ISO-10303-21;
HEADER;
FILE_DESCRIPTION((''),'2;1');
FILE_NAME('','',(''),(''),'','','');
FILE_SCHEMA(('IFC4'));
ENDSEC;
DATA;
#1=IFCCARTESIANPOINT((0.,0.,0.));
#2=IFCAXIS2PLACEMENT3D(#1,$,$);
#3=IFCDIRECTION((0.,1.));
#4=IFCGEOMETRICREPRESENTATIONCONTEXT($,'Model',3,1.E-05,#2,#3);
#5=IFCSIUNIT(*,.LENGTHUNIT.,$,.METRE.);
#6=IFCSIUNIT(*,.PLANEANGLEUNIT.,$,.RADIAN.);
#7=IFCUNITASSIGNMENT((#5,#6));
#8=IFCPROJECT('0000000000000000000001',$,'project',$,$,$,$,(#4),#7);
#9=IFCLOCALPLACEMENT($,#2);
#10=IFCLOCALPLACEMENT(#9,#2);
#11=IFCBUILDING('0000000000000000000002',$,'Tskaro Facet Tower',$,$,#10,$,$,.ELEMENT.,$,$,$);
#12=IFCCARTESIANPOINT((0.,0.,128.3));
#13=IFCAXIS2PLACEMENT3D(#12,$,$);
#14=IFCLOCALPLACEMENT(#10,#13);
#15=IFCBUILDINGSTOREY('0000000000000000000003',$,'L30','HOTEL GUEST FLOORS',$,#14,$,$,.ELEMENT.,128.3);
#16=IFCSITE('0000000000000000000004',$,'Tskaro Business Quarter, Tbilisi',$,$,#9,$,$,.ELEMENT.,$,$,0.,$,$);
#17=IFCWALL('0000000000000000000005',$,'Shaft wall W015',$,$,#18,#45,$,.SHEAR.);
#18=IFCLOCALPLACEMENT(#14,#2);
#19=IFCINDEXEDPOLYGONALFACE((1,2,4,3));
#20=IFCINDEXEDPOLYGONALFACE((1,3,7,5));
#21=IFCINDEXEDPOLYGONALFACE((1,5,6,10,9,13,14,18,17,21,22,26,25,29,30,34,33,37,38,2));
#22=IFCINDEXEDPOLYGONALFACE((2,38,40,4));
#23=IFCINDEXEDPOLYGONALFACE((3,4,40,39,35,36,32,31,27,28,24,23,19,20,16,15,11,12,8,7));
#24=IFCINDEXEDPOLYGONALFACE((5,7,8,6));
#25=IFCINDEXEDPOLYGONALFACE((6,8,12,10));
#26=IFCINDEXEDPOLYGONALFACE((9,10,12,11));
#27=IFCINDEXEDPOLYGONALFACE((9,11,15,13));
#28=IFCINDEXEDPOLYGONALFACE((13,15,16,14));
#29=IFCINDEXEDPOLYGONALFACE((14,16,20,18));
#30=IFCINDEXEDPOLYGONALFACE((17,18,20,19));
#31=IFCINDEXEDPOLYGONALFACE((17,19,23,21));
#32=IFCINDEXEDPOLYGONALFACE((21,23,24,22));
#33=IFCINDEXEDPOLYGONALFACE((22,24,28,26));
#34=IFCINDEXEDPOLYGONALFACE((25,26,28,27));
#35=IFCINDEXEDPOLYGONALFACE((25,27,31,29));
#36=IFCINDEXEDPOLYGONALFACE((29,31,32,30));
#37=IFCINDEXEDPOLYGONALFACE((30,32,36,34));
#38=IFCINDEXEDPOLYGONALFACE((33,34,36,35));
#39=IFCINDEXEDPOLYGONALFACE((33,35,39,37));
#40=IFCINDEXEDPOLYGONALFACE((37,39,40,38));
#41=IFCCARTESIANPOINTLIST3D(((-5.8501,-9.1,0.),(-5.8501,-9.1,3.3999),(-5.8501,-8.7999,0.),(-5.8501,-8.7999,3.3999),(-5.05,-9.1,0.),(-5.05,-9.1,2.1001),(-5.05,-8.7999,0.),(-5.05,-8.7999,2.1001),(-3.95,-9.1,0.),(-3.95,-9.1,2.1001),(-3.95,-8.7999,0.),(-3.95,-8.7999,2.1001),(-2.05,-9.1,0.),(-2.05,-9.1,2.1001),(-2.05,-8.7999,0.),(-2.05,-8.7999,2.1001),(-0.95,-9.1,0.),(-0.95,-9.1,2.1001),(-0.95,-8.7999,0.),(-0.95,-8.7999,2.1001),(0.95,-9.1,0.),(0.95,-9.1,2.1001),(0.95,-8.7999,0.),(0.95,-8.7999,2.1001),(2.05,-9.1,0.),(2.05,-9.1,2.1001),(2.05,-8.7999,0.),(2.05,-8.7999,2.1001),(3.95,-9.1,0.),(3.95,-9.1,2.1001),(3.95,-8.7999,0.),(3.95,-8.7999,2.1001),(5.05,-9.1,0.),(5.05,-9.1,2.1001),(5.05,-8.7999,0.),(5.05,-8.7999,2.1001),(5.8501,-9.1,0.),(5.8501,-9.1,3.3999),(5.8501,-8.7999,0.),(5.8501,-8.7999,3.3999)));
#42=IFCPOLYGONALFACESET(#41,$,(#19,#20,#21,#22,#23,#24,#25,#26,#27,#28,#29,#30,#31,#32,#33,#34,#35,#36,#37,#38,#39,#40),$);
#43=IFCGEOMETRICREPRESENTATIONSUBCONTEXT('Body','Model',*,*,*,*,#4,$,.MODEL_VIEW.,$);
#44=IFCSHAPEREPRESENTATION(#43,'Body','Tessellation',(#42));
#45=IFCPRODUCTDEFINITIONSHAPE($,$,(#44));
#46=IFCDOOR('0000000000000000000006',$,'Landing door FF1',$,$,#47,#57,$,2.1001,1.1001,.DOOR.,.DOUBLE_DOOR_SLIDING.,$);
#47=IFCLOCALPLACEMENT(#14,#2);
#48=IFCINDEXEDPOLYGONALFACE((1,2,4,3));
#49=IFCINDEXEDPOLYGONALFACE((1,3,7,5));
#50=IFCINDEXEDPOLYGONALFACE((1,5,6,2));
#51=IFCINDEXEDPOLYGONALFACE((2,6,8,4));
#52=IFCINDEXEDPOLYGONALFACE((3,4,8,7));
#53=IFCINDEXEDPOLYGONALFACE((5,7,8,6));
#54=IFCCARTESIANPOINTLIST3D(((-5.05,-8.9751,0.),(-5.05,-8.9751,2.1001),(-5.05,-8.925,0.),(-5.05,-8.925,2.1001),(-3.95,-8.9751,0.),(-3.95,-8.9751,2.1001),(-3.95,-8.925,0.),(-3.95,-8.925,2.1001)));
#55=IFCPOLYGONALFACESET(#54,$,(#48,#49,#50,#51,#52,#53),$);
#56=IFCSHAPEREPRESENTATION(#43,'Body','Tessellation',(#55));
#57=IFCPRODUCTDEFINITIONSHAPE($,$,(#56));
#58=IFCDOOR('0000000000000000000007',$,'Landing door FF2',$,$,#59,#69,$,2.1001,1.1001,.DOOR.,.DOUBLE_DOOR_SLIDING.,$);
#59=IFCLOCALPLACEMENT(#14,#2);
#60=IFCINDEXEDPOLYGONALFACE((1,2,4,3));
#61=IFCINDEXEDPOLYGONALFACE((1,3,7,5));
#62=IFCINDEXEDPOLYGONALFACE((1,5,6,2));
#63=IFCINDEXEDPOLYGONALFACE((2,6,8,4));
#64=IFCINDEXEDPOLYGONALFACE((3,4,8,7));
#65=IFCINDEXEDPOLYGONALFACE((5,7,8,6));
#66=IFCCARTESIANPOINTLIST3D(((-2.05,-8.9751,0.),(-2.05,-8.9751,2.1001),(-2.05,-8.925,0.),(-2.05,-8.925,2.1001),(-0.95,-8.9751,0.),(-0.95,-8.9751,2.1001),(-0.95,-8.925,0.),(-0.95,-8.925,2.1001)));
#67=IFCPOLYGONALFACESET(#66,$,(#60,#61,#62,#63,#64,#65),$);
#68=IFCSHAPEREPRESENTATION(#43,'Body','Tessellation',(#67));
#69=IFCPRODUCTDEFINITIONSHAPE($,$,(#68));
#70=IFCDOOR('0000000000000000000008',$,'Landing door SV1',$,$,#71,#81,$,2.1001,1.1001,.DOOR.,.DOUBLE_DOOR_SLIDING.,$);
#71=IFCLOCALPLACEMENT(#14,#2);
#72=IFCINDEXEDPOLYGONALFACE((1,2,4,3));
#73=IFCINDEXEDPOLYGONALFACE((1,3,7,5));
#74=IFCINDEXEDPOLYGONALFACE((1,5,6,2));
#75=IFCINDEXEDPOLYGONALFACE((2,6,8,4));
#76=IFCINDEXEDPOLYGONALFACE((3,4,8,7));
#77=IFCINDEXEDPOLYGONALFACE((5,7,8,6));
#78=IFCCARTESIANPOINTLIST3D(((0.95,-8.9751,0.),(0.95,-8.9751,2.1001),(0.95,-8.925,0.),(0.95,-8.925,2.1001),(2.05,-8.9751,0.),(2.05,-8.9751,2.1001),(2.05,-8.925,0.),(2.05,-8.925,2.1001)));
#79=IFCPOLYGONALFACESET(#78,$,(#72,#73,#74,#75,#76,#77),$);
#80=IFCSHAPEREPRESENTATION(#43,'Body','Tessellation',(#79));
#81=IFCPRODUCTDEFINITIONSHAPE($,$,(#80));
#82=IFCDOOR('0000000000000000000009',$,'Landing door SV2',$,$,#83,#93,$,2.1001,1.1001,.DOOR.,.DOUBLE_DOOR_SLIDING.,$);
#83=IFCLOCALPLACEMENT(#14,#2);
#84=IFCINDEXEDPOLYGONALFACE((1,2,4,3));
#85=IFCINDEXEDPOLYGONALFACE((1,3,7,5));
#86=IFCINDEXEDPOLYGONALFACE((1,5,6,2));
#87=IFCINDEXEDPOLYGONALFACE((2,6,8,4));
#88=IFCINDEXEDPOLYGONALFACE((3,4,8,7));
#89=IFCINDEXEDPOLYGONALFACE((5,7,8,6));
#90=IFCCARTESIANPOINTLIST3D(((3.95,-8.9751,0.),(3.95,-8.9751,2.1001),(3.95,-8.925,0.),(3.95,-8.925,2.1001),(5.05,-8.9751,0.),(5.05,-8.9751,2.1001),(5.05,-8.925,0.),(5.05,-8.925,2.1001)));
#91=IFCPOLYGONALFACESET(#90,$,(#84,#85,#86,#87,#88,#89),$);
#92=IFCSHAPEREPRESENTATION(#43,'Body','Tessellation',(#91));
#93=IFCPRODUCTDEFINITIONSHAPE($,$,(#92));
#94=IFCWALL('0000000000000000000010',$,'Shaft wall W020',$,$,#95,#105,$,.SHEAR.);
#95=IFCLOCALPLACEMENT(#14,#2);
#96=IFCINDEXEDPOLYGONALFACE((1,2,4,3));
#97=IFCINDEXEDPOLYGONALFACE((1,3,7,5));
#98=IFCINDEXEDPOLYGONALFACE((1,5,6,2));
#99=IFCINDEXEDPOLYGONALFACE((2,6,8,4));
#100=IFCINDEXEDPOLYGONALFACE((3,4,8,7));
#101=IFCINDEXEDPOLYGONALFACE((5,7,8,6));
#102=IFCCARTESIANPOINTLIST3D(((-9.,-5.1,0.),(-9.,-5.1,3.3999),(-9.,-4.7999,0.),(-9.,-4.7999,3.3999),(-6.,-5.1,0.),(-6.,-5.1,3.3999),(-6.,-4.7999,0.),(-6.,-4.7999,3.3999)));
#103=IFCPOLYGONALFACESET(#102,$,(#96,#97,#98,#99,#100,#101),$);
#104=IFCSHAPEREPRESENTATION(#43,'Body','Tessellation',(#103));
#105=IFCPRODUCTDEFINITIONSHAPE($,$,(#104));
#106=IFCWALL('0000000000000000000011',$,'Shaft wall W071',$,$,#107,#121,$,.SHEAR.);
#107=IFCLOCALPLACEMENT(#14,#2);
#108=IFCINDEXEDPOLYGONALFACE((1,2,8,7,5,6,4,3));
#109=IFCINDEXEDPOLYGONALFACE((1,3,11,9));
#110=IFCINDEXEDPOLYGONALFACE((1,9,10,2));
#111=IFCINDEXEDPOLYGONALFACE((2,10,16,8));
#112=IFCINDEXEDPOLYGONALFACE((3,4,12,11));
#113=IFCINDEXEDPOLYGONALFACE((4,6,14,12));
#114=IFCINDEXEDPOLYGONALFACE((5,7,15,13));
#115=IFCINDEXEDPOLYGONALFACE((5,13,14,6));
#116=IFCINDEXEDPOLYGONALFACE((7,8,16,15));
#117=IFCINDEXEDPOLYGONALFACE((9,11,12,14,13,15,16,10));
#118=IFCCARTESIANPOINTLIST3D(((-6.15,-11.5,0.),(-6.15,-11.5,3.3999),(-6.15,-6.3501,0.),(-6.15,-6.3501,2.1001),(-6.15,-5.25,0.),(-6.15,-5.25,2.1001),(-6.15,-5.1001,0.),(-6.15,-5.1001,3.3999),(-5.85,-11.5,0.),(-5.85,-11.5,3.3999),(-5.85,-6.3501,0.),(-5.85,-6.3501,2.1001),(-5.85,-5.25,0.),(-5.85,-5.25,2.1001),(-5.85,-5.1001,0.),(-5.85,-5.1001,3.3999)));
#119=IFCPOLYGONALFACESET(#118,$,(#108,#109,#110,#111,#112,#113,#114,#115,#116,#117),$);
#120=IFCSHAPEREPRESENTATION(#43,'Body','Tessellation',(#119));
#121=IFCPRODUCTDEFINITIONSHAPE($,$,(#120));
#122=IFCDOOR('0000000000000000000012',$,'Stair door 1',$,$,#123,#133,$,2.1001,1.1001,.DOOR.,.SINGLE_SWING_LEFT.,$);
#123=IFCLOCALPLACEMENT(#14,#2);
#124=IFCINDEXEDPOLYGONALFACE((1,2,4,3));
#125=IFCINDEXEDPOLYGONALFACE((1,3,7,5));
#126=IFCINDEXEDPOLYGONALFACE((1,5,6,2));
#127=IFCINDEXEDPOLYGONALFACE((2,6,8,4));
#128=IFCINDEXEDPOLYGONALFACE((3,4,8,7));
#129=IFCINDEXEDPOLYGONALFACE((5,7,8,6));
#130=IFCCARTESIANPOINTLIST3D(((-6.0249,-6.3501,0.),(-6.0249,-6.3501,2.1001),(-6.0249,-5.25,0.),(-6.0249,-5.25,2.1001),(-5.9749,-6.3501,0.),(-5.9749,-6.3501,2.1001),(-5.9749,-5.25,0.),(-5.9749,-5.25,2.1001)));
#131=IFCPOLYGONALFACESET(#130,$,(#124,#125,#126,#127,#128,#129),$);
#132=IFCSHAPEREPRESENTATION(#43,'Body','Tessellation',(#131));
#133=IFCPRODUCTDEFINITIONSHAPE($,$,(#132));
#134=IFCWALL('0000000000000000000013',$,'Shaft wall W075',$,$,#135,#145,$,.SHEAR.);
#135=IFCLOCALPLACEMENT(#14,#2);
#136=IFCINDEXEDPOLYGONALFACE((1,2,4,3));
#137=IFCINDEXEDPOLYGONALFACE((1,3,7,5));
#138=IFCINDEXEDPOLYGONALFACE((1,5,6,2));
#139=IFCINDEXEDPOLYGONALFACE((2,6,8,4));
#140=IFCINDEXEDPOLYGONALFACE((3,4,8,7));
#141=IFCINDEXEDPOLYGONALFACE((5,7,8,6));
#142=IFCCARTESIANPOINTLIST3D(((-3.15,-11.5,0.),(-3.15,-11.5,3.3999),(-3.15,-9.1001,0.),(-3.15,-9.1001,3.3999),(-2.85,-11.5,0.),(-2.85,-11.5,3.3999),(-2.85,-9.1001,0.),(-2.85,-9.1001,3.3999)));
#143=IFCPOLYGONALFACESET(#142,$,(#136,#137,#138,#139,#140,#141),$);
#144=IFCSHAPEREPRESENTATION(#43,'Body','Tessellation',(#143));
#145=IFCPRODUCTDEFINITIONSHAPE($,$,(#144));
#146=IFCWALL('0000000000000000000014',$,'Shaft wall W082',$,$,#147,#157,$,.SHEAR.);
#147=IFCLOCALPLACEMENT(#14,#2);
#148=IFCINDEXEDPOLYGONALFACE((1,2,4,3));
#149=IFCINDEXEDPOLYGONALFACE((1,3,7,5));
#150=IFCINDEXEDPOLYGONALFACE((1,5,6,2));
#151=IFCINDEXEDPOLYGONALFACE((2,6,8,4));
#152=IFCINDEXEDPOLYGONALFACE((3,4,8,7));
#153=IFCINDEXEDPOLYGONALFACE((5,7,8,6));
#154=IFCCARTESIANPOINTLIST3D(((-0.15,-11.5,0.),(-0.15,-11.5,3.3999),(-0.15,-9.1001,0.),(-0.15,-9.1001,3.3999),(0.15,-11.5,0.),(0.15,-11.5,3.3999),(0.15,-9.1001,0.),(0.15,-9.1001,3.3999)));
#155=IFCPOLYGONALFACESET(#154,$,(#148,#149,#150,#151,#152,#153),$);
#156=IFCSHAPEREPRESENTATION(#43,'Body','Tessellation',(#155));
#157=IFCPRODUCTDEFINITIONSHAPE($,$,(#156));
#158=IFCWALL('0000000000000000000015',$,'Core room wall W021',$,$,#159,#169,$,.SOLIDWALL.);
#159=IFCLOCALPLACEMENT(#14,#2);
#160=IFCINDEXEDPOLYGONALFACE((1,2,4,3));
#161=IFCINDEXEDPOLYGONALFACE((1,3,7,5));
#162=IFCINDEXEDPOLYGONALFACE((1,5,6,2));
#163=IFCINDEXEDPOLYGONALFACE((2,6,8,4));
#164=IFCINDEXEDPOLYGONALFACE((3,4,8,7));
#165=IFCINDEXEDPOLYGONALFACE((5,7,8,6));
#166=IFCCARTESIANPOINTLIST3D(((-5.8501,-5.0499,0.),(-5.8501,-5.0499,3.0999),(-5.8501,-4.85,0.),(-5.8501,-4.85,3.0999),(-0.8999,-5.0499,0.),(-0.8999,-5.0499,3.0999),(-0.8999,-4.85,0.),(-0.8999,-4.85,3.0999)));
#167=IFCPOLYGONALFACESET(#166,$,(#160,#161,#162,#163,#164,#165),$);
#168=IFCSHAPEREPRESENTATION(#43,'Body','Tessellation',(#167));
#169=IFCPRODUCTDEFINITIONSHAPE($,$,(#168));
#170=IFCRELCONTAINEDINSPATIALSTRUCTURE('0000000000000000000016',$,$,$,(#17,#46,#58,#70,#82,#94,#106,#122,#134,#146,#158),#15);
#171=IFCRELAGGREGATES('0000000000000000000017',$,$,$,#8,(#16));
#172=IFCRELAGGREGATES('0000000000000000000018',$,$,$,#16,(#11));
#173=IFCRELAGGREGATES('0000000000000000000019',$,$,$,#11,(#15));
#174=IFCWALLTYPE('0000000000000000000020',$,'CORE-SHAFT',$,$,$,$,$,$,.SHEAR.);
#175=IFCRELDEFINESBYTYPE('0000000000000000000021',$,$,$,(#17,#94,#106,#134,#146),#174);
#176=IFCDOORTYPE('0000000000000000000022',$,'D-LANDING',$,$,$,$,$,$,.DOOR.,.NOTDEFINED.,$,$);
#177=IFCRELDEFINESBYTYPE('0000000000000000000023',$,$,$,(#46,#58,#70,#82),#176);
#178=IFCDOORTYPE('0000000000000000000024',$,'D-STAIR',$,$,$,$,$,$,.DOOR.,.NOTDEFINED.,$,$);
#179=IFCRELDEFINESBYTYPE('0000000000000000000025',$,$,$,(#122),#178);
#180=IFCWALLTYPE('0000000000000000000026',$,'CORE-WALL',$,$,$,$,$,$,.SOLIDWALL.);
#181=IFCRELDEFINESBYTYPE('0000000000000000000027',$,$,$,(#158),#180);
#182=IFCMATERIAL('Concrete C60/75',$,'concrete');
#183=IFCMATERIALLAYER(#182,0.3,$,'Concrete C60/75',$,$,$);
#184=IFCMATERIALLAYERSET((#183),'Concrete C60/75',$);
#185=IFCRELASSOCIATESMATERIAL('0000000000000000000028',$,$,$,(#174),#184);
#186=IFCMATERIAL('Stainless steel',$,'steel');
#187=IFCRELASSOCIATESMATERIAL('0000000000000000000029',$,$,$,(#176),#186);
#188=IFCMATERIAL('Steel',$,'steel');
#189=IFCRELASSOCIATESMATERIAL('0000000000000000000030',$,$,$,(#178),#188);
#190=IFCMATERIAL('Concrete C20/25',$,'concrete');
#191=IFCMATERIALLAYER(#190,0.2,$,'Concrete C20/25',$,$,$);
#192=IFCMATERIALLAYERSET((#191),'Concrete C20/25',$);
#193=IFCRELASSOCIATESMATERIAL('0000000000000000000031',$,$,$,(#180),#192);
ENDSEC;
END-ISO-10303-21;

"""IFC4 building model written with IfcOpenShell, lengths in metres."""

from ifc_helpers import new_model, si_unit, direction, frame, frame_2d, origin, place, context, subcontext, project, spatial, rectangle, extrude, material, layer, layer_set, type_object, element, fill, save


model = new_model("IFC4")

# Units and contexts
model_context = context("Model", 3, precision=1e-05, world=origin(), true_north=direction((0.0, 1.0)))
body_context = subcontext(model_context, "Body", "Model", "MODEL_VIEW")
ifc_project = project(units=[si_unit("LENGTHUNIT", "METRE"), si_unit("PLANEANGLEUNIT", "RADIAN")], contexts=[model_context])

# Site, building, storey
site_placement = place(None, origin())
site = spatial("IfcSite", under=ifc_project, at=site_placement, Name="Tskaro Business Quarter, Tbilisi", CompositionType="ELEMENT", RefElevation=0.0)
building_placement = place(site_placement, origin())
building = spatial("IfcBuilding", under=site, at=building_placement, Name="Tskaro Facet Tower", CompositionType="ELEMENT")
storey_placement = place(building_placement, frame((0.0, 0.0, 128.3)))
storey = spatial("IfcBuildingStorey", under=building, at=storey_placement, Name="L30", Description="HOTEL GUEST FLOORS", CompositionType="ELEMENT", Elevation=128.3)

# Shared definitions
ifc_material_1 = material(Name="Concrete C60/75", Category="concrete")

# Wall, openings, doors
ifc_layer_1 = layer(ifc_material_1, 0.3, Name="Concrete C60/75")
ifc_layer_set_1 = layer_set([ifc_layer_1], Name="Concrete C60/75")
wall_type_1 = type_object("IfcWallType", Name="CORE-SHAFT", PredefinedType="SHEAR", material=ifc_layer_set_1)
wall_1_placement = place(storey_placement, frame((-5.8501, -8.95, 0.0), z_axis=(0.0, 0.0, 1.0), x_axis=(1.0, 0.0, 0.0)))
wall_1 = element("IfcWall", 1, at=wall_1_placement, inside=storey, type_object=wall_type_1, Name="Shaft wall W015", PredefinedType="SHEAR", context=body_context, shape_type="SweptSolid", body=[
    extrude(rectangle(XDim=11.7002, YDim=0.3, at=frame_2d((5.8501, 0.0))), origin(), (0.0, 0.0, 1.0), 3.3999),
])
opening_1_placement = place(wall_1_placement, frame((0.8, 0.0, 0.0)))
opening_1 = element("IfcOpeningElement", 2, at=opening_1_placement, cuts=wall_1, PredefinedType="OPENING", context=body_context, shape_type="SweptSolid", body=[
    extrude(rectangle(XDim=1.1001, YDim=2.1001, at=frame_2d((0.55, 1.05))), frame((0.0, 0.1599, 0.0), z_axis=(0.0, -1.0, 0.0), x_axis=(1.0, 0.0, 0.0)), (0.0, 0.0, 1.0), 0.3201),
])
opening_2_placement = place(wall_1_placement, frame((3.8, 0.0, 0.0)))
opening_2 = element("IfcOpeningElement", 3, at=opening_2_placement, cuts=wall_1, PredefinedType="OPENING", context=body_context, shape_type="SweptSolid", body=[
    extrude(rectangle(XDim=1.1001, YDim=2.1001, at=frame_2d((0.55, 1.05))), frame((0.0, 0.1599, 0.0), z_axis=(0.0, -1.0, 0.0), x_axis=(1.0, 0.0, 0.0)), (0.0, 0.0, 1.0), 0.3201),
])
opening_3_placement = place(wall_1_placement, frame((6.8, 0.0, 0.0)))
opening_3 = element("IfcOpeningElement", 4, at=opening_3_placement, cuts=wall_1, PredefinedType="OPENING", context=body_context, shape_type="SweptSolid", body=[
    extrude(rectangle(XDim=1.1001, YDim=2.1001, at=frame_2d((0.55, 1.05))), frame((0.0, 0.1599, 0.0), z_axis=(0.0, -1.0, 0.0), x_axis=(1.0, 0.0, 0.0)), (0.0, 0.0, 1.0), 0.3201),
])
opening_4_placement = place(wall_1_placement, frame((9.8, 0.0, 0.0)))
opening_4 = element("IfcOpeningElement", 5, at=opening_4_placement, cuts=wall_1, PredefinedType="OPENING", context=body_context, shape_type="SweptSolid", body=[
    extrude(rectangle(XDim=1.1001, YDim=2.1001, at=frame_2d((0.55, 1.05))), frame((0.0, 0.1599, 0.0), z_axis=(0.0, -1.0, 0.0), x_axis=(1.0, 0.0, 0.0)), (0.0, 0.0, 1.0), 0.3201),
])
ifc_material_2 = material(Name="Stainless steel", Category="steel")
door_type_1 = type_object("IfcDoorType", Name="D-LANDING", OperationType="NOTDEFINED", PredefinedType="DOOR", material=ifc_material_2)
door_1_placement = place(opening_1_placement, origin())
door_1 = element("IfcDoor", 6, at=door_1_placement, inside=storey, type_object=door_type_1, Name="Landing door FF1", OperationType="DOUBLE_DOOR_SLIDING", OverallHeight=2.1001, OverallWidth=1.1001, PredefinedType="DOOR", context=body_context, shape_type="SweptSolid", body=[
    extrude(rectangle(XDim=1.1001, YDim=2.1001, at=frame_2d((0.55, 1.05))), frame((0.0, 0.0249, 0.0), z_axis=(0.0, -1.0, 0.0), x_axis=(1.0, 0.0, 0.0)), (0.0, 0.0, 1.0), 0.05),
])
fill(opening_1, door_1)
door_2_placement = place(opening_2_placement, origin())
door_2 = element("IfcDoor", 7, at=door_2_placement, inside=storey, type_object=door_type_1, Name="Landing door FF2", OperationType="DOUBLE_DOOR_SLIDING", OverallHeight=2.1001, OverallWidth=1.1001, PredefinedType="DOOR", context=body_context, shape_type="SweptSolid", body=[
    extrude(rectangle(XDim=1.1001, YDim=2.1001, at=frame_2d((0.55, 1.05))), frame((0.0, 0.0249, 0.0), z_axis=(0.0, -1.0, 0.0), x_axis=(1.0, 0.0, 0.0)), (0.0, 0.0, 1.0), 0.05),
])
fill(opening_2, door_2)
door_3_placement = place(opening_3_placement, origin())
door_3 = element("IfcDoor", 8, at=door_3_placement, inside=storey, type_object=door_type_1, Name="Landing door SV1", OperationType="DOUBLE_DOOR_SLIDING", OverallHeight=2.1001, OverallWidth=1.1001, PredefinedType="DOOR", context=body_context, shape_type="SweptSolid", body=[
    extrude(rectangle(XDim=1.1001, YDim=2.1001, at=frame_2d((0.55, 1.05))), frame((0.0, 0.0249, 0.0), z_axis=(0.0, -1.0, 0.0), x_axis=(1.0, 0.0, 0.0)), (0.0, 0.0, 1.0), 0.05),
])
fill(opening_3, door_3)
door_4_placement = place(opening_4_placement, origin())
door_4 = element("IfcDoor", 9, at=door_4_placement, inside=storey, type_object=door_type_1, Name="Landing door SV2", OperationType="DOUBLE_DOOR_SLIDING", OverallHeight=2.1001, OverallWidth=1.1001, PredefinedType="DOOR", context=body_context, shape_type="SweptSolid", body=[
    extrude(rectangle(XDim=1.1001, YDim=2.1001, at=frame_2d((0.55, 1.05))), frame((0.0, 0.0249, 0.0), z_axis=(0.0, -1.0, 0.0), x_axis=(1.0, 0.0, 0.0)), (0.0, 0.0, 1.0), 0.05),
])
fill(opening_4, door_4)

# Wall
wall_2_placement = place(storey_placement, frame((-9.0, -4.95, 0.0), z_axis=(0.0, 0.0, 1.0), x_axis=(1.0, 0.0, 0.0)))
element("IfcWall", 10, at=wall_2_placement, inside=storey, type_object=wall_type_1, Name="Shaft wall W020", PredefinedType="SHEAR", context=body_context, shape_type="SweptSolid", body=[
    extrude(rectangle(XDim=3.0, YDim=0.3, at=frame_2d((1.5, 0.0))), origin(), (0.0, 0.0, 1.0), 3.3999),
])

# Wall, opening, door
wall_3_placement = place(storey_placement, frame((-6.0, -11.5, 0.0), z_axis=(0.0, 0.0, 1.0), x_axis=(0.0, 1.0, 0.0)))
wall_3 = element("IfcWall", 11, at=wall_3_placement, inside=storey, type_object=wall_type_1, Name="Shaft wall W071", PredefinedType="SHEAR", context=body_context, shape_type="SweptSolid", body=[
    extrude(rectangle(XDim=6.3999, YDim=0.3, at=frame_2d((3.2, 0.0))), origin(), (0.0, 0.0, 1.0), 3.3999),
])
opening_5_placement = place(wall_3_placement, frame((5.1499, 0.0, 0.0)))
opening_5 = element("IfcOpeningElement", 12, at=opening_5_placement, cuts=wall_3, PredefinedType="OPENING", context=body_context, shape_type="SweptSolid", body=[
    extrude(rectangle(XDim=1.1001, YDim=2.1001, at=frame_2d((0.55, 1.05))), frame((0.0, 0.1599, 0.0), z_axis=(0.0, -1.0, 0.0), x_axis=(1.0, 0.0, 0.0)), (0.0, 0.0, 1.0), 0.3201),
])
ifc_material_3 = material(Name="Steel", Category="steel")
door_type_2 = type_object("IfcDoorType", Name="D-STAIR", OperationType="NOTDEFINED", PredefinedType="DOOR", material=ifc_material_3)
door_5_placement = place(opening_5_placement, origin())
door_5 = element("IfcDoor", 13, at=door_5_placement, inside=storey, type_object=door_type_2, Name="Stair door 1", OperationType="SINGLE_SWING_LEFT", OverallHeight=2.1001, OverallWidth=1.1001, PredefinedType="DOOR", context=body_context, shape_type="SweptSolid", body=[
    extrude(rectangle(XDim=1.1001, YDim=2.1001, at=frame_2d((0.55, 1.05))), frame((0.0, 0.0249, 0.0), z_axis=(0.0, -1.0, 0.0), x_axis=(1.0, 0.0, 0.0)), (0.0, 0.0, 1.0), 0.05),
])
fill(opening_5, door_5)

# Walls
for number, where, z_axis, x_axis, name in (
    (14, (-3.0, -11.5, 0.0), (0.0, 0.0, 1.0), (0.0, 1.0, 0.0), "Shaft wall W075"),
    (15, (0.0, -11.5, 0.0), (0.0, 0.0, 1.0), (0.0, 1.0, 0.0), "Shaft wall W082"),
):
    element("IfcWall", number, at=place(storey_placement, frame(where, z_axis=z_axis, x_axis=x_axis)), inside=storey, type_object=wall_type_1, Name=name, PredefinedType="SHEAR", context=body_context, shape_type="SweptSolid", body=[
        extrude(rectangle(XDim=2.3999, YDim=0.3, at=frame_2d((1.2, 0.0))), origin(), (0.0, 0.0, 1.0), 3.3999),
    ])
ifc_material_4 = material(Name="Concrete C20/25", Category="concrete")
ifc_layer_2 = layer(ifc_material_4, 0.2, Name="Concrete C20/25")
ifc_layer_set_2 = layer_set([ifc_layer_2], Name="Concrete C20/25")
wall_type_2 = type_object("IfcWallType", Name="CORE-WALL", PredefinedType="SOLIDWALL", material=ifc_layer_set_2)
wall_4_placement = place(storey_placement, frame((-5.8501, -4.95, 0.0), z_axis=(0.0, 0.0, 1.0), x_axis=(1.0, 0.0, 0.0)))
element("IfcWall", 16, at=wall_4_placement, inside=storey, type_object=wall_type_2, Name="Core room wall W021", PredefinedType="SOLIDWALL", context=body_context, shape_type="SweptSolid", body=[
    extrude(rectangle(XDim=4.9502, YDim=0.2, at=frame_2d((2.4751, 0.0))), origin(), (0.0, 0.0, 1.0), 3.0999),
])

save(model, "model.ifc")
